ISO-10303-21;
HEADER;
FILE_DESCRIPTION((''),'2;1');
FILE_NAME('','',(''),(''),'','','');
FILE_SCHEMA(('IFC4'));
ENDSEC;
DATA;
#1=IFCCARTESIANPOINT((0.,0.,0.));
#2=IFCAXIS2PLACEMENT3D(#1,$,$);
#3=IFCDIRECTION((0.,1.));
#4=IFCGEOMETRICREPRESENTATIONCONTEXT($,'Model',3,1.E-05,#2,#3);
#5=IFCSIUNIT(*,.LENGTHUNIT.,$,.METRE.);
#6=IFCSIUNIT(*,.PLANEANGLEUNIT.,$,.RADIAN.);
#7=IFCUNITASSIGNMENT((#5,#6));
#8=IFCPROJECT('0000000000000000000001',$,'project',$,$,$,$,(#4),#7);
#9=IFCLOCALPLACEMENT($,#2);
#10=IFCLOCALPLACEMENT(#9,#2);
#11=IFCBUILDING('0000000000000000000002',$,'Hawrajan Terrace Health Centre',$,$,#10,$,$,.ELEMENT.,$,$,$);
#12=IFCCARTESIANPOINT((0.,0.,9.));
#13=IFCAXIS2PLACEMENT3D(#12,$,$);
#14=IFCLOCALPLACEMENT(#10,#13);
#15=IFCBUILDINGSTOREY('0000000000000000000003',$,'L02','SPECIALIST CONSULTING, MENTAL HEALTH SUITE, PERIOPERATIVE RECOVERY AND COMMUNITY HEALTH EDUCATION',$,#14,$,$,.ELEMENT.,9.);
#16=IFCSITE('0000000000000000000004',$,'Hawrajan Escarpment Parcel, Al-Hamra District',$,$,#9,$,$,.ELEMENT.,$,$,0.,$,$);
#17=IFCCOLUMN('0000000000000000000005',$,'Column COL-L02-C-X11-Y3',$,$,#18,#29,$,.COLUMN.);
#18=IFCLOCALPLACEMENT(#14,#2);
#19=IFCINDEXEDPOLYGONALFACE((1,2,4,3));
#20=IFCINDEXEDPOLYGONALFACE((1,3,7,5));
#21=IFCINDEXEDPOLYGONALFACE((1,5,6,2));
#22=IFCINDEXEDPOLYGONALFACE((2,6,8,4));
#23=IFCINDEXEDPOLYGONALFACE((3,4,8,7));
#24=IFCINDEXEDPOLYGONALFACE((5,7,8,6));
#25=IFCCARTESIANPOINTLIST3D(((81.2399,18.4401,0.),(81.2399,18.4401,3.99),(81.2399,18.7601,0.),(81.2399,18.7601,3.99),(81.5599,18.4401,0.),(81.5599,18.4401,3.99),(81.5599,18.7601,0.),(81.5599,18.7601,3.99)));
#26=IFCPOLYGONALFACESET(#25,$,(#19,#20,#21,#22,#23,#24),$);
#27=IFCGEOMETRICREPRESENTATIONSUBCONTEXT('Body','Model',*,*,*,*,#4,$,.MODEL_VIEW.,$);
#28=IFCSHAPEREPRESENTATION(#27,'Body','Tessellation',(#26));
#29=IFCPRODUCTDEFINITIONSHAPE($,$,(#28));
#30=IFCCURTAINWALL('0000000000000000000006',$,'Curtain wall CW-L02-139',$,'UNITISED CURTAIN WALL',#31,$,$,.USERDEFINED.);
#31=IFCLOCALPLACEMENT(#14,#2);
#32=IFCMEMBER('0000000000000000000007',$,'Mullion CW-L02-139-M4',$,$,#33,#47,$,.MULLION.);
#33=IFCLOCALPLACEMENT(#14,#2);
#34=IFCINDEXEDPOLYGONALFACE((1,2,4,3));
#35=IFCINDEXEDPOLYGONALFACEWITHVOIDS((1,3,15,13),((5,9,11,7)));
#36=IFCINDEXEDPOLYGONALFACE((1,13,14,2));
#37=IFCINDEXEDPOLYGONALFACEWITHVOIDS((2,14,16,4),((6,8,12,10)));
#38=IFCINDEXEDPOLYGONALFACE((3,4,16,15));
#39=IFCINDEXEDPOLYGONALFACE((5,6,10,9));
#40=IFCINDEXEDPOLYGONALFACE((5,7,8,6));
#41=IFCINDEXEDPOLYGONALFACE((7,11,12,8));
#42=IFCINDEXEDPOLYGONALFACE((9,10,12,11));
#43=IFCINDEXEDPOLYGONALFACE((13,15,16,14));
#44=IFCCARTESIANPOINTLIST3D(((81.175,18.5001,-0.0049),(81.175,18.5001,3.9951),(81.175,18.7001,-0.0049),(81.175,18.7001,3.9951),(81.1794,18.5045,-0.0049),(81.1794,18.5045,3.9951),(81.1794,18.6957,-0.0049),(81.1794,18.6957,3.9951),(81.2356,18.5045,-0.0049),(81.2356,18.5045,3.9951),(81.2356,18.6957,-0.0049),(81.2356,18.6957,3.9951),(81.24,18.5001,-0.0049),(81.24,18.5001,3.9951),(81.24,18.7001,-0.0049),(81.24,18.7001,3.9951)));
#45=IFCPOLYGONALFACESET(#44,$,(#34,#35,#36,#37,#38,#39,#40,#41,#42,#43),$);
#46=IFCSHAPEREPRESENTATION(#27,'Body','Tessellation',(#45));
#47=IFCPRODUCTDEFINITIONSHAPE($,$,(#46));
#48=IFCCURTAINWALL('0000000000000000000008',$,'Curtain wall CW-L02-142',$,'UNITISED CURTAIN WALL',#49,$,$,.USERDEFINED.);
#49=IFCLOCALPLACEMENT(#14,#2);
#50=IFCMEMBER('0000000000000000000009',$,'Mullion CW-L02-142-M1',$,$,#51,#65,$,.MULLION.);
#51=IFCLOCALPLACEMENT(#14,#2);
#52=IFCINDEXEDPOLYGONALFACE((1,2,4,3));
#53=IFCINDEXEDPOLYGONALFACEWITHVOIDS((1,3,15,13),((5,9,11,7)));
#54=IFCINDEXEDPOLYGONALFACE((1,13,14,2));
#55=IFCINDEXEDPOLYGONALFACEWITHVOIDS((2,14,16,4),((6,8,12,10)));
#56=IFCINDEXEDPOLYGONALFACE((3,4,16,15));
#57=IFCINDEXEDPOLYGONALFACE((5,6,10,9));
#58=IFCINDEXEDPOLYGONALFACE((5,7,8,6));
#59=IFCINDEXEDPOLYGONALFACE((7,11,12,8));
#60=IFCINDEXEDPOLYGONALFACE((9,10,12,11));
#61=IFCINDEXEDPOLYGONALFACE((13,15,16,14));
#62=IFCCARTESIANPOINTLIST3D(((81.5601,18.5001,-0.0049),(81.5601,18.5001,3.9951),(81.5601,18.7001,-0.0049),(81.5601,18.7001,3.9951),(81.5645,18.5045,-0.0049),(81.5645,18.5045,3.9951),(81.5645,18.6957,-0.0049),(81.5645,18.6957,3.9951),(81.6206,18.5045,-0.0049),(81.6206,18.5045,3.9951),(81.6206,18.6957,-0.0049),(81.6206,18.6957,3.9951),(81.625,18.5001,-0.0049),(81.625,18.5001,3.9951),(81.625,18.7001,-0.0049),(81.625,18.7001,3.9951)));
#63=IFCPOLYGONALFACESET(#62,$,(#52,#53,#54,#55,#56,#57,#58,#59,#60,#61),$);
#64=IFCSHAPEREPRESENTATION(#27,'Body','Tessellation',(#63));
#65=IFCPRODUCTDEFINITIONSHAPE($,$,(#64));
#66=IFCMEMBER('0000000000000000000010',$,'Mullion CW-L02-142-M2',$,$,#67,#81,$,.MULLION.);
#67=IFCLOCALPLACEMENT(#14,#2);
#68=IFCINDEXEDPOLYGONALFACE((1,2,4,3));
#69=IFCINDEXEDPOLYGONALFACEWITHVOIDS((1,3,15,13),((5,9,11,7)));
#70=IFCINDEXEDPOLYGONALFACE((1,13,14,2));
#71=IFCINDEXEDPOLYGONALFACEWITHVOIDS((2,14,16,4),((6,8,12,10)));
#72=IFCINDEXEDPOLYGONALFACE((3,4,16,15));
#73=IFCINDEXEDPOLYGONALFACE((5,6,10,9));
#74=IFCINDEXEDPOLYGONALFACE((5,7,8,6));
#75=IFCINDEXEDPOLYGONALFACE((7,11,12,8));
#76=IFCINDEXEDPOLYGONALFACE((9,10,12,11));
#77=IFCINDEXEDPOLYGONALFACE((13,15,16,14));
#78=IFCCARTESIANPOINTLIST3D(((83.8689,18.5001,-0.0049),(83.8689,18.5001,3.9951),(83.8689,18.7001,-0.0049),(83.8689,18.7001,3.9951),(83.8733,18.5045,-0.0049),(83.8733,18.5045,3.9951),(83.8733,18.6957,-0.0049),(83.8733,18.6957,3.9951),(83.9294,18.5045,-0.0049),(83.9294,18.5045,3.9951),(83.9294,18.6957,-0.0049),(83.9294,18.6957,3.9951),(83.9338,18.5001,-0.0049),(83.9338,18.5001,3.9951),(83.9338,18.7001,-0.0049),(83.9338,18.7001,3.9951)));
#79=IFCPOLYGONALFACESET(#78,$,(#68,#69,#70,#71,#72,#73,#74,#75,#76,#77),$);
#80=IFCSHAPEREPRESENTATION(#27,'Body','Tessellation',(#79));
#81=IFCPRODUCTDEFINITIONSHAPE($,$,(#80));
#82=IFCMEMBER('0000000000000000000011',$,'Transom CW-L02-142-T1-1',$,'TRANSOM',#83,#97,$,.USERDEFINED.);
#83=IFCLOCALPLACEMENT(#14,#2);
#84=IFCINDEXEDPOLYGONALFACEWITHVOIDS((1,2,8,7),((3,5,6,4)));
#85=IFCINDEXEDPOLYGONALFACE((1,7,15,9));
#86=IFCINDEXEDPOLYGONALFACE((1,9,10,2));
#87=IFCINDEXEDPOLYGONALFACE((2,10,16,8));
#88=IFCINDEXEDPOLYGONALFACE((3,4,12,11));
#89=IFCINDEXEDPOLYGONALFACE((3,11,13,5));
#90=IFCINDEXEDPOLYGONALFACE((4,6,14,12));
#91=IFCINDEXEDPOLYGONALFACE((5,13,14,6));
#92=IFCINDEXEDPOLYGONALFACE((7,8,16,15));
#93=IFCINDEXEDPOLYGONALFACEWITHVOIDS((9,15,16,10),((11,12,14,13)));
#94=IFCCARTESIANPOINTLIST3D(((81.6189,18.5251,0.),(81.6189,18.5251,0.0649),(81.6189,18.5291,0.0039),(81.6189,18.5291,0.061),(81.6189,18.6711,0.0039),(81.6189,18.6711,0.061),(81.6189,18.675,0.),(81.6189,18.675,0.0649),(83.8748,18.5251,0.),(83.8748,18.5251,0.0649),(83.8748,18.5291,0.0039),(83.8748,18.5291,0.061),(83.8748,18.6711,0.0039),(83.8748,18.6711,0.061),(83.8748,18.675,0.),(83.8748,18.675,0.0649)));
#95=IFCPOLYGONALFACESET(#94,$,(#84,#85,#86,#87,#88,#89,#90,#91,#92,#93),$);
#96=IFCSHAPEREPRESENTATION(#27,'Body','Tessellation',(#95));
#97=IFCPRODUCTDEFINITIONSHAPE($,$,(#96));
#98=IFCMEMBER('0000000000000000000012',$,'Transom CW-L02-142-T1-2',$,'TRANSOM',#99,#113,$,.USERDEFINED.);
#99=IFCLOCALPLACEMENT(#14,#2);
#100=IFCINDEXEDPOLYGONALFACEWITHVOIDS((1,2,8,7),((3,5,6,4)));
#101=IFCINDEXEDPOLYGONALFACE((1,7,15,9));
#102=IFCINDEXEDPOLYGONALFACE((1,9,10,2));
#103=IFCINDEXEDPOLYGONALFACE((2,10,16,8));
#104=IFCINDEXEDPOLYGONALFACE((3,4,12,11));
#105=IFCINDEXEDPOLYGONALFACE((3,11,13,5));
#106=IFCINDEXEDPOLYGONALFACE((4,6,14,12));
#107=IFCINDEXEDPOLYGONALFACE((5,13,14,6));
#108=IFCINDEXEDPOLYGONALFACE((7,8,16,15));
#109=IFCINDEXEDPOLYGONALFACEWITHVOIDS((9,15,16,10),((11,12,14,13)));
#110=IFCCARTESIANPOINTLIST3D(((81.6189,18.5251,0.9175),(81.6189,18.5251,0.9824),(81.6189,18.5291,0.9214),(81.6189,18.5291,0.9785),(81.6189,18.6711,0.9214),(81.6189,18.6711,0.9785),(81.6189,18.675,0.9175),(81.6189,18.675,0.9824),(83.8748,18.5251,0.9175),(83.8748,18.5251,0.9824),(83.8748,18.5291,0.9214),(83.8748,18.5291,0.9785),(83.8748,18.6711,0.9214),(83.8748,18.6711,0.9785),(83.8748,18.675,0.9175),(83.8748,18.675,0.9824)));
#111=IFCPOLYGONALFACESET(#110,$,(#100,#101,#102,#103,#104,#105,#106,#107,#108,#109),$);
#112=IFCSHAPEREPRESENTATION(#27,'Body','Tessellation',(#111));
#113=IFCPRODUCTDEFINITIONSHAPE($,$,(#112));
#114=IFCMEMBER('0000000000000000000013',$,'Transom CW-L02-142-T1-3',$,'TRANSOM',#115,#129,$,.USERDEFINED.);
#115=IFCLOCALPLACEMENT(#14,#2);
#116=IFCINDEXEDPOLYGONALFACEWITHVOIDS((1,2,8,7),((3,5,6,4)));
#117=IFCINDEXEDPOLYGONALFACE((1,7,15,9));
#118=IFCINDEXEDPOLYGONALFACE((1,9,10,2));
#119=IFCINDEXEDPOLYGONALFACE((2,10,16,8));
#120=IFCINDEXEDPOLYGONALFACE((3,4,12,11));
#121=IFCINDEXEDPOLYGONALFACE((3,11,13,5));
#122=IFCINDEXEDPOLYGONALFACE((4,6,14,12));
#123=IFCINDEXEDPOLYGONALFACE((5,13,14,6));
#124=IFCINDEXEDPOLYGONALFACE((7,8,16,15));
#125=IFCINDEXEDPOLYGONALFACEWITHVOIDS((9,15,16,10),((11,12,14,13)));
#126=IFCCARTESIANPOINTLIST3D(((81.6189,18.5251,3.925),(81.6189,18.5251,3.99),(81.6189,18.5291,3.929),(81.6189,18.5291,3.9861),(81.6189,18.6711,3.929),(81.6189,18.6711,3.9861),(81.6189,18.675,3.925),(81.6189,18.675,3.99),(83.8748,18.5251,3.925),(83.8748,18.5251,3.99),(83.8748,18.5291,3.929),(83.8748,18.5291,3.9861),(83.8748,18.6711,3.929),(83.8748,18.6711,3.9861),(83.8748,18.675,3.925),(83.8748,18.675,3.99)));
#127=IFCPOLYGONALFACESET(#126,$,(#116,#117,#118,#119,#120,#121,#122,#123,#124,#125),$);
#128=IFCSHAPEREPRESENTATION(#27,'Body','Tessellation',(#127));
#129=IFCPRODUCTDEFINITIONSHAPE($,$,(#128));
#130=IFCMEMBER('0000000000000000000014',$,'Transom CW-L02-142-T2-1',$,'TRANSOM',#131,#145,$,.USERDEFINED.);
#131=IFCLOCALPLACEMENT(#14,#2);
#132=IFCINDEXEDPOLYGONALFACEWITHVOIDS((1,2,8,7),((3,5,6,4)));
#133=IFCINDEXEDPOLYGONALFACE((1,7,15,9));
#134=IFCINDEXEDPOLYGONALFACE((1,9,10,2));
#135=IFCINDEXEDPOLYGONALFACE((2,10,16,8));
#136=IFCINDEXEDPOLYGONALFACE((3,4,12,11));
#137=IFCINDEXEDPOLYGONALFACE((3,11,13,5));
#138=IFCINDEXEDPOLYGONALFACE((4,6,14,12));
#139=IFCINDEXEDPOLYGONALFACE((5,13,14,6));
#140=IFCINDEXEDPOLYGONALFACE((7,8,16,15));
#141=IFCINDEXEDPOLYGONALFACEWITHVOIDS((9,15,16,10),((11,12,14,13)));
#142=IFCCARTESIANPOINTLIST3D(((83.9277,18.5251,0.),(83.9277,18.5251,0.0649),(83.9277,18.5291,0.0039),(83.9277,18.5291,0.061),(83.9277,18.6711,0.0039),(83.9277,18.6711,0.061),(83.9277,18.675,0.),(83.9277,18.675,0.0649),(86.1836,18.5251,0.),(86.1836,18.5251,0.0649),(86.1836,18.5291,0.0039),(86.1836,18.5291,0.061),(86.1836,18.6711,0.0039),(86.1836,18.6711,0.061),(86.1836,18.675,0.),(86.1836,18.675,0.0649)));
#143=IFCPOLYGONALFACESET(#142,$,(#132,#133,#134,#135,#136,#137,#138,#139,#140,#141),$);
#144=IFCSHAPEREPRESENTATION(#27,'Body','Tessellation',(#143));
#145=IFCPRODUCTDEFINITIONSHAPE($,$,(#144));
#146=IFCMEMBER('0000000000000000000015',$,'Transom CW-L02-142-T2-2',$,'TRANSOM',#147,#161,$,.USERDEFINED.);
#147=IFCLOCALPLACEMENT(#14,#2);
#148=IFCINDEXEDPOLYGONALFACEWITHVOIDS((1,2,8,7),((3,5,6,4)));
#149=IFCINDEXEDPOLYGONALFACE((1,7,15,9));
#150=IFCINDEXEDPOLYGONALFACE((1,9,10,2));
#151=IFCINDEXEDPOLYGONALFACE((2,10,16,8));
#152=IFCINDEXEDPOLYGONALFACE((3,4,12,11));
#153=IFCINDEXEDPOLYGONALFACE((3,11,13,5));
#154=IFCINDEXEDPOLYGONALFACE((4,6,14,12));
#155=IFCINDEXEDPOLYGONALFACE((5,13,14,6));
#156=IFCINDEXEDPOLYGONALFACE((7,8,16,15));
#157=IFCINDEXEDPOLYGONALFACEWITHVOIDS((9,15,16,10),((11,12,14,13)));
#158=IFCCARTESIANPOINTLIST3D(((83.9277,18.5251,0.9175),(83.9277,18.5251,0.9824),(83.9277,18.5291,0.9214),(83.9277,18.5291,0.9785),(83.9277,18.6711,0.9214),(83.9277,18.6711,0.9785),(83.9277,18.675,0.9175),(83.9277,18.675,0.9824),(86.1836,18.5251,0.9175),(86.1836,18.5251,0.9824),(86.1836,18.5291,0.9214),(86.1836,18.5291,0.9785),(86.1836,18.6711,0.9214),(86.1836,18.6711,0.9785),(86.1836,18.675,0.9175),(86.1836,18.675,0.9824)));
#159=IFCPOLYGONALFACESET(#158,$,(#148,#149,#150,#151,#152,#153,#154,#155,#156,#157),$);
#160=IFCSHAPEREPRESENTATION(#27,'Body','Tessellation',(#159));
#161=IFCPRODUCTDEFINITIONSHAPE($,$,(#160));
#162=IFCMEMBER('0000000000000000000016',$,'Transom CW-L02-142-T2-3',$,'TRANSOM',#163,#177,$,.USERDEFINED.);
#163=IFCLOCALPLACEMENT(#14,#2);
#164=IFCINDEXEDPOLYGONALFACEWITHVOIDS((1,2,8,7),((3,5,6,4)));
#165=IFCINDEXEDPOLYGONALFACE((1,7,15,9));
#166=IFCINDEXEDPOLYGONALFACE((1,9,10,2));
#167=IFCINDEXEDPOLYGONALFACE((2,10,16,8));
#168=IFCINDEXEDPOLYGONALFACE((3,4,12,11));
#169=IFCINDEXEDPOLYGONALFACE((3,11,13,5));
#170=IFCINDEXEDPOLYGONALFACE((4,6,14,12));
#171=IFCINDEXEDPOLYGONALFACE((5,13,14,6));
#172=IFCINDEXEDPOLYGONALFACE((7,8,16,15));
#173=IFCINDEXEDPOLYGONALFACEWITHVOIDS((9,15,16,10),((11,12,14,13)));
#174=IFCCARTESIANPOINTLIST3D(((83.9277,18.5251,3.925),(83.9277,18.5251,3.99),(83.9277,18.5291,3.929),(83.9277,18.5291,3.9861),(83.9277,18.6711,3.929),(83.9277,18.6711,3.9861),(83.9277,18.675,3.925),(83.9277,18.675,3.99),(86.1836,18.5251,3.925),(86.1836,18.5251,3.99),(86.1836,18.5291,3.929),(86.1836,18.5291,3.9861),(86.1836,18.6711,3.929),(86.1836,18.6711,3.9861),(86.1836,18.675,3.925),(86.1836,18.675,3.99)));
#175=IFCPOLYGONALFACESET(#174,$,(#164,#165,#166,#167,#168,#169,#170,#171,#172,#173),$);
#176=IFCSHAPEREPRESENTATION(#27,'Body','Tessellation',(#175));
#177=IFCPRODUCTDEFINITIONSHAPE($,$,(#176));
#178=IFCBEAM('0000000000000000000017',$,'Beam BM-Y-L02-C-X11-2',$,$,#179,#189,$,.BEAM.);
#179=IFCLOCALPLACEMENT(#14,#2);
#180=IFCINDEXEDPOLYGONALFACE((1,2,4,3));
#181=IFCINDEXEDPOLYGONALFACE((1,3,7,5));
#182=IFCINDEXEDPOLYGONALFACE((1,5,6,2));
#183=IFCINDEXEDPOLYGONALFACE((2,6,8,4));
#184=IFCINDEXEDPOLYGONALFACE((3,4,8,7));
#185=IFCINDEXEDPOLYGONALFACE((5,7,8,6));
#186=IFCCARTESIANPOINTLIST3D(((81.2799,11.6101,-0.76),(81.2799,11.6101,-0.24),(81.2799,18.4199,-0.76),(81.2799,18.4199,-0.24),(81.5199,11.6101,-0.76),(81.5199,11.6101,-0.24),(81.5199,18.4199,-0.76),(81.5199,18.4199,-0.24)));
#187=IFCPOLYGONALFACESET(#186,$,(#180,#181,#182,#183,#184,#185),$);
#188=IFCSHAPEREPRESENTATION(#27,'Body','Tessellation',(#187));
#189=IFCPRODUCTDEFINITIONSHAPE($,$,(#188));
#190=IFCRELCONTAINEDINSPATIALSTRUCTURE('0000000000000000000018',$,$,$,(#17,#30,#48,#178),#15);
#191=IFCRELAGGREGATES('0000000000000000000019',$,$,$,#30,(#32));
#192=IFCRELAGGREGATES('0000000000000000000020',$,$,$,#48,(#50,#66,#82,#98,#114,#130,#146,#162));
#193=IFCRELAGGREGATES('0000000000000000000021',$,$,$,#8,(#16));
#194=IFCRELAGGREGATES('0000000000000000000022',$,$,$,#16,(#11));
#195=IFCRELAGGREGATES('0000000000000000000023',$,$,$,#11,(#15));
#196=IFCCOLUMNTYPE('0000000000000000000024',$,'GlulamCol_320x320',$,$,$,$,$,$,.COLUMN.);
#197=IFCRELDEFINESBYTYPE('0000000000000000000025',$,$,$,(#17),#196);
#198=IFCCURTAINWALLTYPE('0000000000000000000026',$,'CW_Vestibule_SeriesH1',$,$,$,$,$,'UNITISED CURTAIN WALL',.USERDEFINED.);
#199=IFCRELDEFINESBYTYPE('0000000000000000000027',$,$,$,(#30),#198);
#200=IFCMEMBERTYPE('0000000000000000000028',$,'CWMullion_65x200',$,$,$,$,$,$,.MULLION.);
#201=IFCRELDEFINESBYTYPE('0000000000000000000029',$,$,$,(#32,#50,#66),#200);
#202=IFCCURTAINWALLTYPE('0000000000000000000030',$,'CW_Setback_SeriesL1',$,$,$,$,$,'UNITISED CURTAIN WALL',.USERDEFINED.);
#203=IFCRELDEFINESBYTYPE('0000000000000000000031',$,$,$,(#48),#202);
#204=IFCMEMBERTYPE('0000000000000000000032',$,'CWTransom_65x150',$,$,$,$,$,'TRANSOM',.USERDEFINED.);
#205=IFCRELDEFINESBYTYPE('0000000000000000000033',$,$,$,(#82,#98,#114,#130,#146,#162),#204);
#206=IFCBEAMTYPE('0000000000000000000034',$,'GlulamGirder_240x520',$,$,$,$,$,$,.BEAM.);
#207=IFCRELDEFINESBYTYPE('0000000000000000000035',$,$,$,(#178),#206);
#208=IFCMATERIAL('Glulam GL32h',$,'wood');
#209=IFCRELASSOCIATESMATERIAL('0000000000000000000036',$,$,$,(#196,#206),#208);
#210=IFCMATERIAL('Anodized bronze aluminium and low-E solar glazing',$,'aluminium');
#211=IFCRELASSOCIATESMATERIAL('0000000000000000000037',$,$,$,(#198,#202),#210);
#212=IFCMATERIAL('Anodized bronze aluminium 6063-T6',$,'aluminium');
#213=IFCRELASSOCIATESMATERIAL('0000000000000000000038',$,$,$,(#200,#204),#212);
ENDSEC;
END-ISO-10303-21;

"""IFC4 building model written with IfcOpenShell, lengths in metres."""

from ifc_helpers import new_model, si_unit, direction, frame, origin, origin_2d, place, context, subcontext, project, spatial, rectangle, hollow_rectangle, extrude, material, material_profile, profile_set, type_object, element, aggregate, save


model = new_model("IFC4")

# Units and contexts
model_context = context("Model", 3, precision=1e-05, world=origin(), true_north=direction((0.0, 1.0)))
body_context = subcontext(model_context, "Body", "Model", "MODEL_VIEW")
ifc_project = project(units=[si_unit("LENGTHUNIT", "METRE"), si_unit("PLANEANGLEUNIT", "RADIAN")], contexts=[model_context])

# Site, building, storey
site_placement = place(None, origin())
site = spatial("IfcSite", under=ifc_project, at=site_placement, Name="Hawrajan Escarpment Parcel, Al-Hamra District", CompositionType="ELEMENT", RefElevation=0.0)
building_placement = place(site_placement, origin())
building = spatial("IfcBuilding", under=site, at=building_placement, Name="Hawrajan Terrace Health Centre", CompositionType="ELEMENT")
storey_placement = place(building_placement, frame((0.0, 0.0, 9.0)))
storey = spatial("IfcBuildingStorey", under=building, at=storey_placement, Name="L02", Description="SPECIALIST CONSULTING, MENTAL HEALTH SUITE, PERIOPERATIVE RECOVERY AND COMMUNITY HEALTH EDUCATION", CompositionType="ELEMENT", Elevation=9.0)

# Column
ifc_material_1 = material(Name="Glulam GL32h", Category="wood")
ifc_material_profile_1 = material_profile(ifc_material_1, rectangle(XDim=0.3201, YDim=0.3201, at=origin_2d()), Name="GL 320x320")
ifc_profile_set_1 = profile_set([ifc_material_profile_1], Name="Glulam GL32h")
column_type = type_object("IfcColumnType", Name="GlulamCol_320x320", PredefinedType="COLUMN", material=ifc_profile_set_1)
column_placement = place(storey_placement, frame((81.3999, 18.6001, 0.0), z_axis=(0.0, 0.0, 1.0), x_axis=(1.0, 0.0, 0.0)))
element("IfcColumn", 1, at=column_placement, inside=storey, type_object=column_type, Name="Column COL-L02-C-X11-Y3", PredefinedType="COLUMN", context=body_context, shape_type="SweptSolid", body=[
    extrude(rectangle(XDim=0.3201, YDim=0.3201, at=origin_2d()), origin(), (0.0, 0.0, 1.0), 3.99),
])

# Curtain wall, member
ifc_material_2 = material(Name="Anodized bronze aluminium and low-E solar glazing", Category="aluminium")
curtain_wall_type_1 = type_object("IfcCurtainWallType", Name="CW_Vestibule_SeriesH1", ElementType="UNITISED CURTAIN WALL", PredefinedType="USERDEFINED", material=ifc_material_2)
curtain_wall_1_placement = place(storey_placement, origin())
curtain_wall_1 = element("IfcCurtainWall", 2, at=curtain_wall_1_placement, inside=storey, type_object=curtain_wall_type_1, Name="Curtain wall CW-L02-139", ObjectType="UNITISED CURTAIN WALL", PredefinedType="USERDEFINED")
ifc_material_3 = material(Name="Anodized bronze aluminium 6063-T6", Category="aluminium")
ifc_material_profile_2 = material_profile(ifc_material_3, hollow_rectangle(XDim=0.0649, YDim=0.2, WallThickness=0.0044, at=origin_2d()), Name="CW MUL 65x200")
ifc_profile_set_2 = profile_set([ifc_material_profile_2], Name="Anodized bronze aluminium 6063-T6")
member_type_1 = type_object("IfcMemberType", Name="CWMullion_65x200", PredefinedType="MULLION", material=ifc_profile_set_2)
member_1_placement = place(storey_placement, frame((81.2075, 18.6001, -0.0049), z_axis=(0.0, 0.0, 1.0), x_axis=(1.0, 0.0, 0.0)))
member_1 = element("IfcMember", 3, at=member_1_placement, type_object=member_type_1, Name="Mullion CW-L02-139-M4", PredefinedType="MULLION", context=body_context, shape_type="SweptSolid", body=[
    extrude(hollow_rectangle(XDim=0.0649, YDim=0.2, WallThickness=0.0044, at=origin_2d()), origin(), (0.0, 0.0, 1.0), 4.0),
])

# Curtain wall, members
curtain_wall_type_2 = type_object("IfcCurtainWallType", Name="CW_Setback_SeriesL1", ElementType="UNITISED CURTAIN WALL", PredefinedType="USERDEFINED", material=ifc_material_2)
curtain_wall_2_placement = place(storey_placement, origin())
curtain_wall_2 = element("IfcCurtainWall", 4, at=curtain_wall_2_placement, inside=storey, type_object=curtain_wall_type_2, Name="Curtain wall CW-L02-142", ObjectType="UNITISED CURTAIN WALL", PredefinedType="USERDEFINED")
member_2_placement = place(storey_placement, frame((81.5925, 18.6001, -0.0049), z_axis=(0.0, 0.0, 1.0), x_axis=(1.0, 0.0, 0.0)))
member_2 = element("IfcMember", 5, at=member_2_placement, type_object=member_type_1, Name="Mullion CW-L02-142-M1", PredefinedType="MULLION", context=body_context, shape_type="SweptSolid", body=[
    extrude(hollow_rectangle(XDim=0.0649, YDim=0.2, WallThickness=0.0044, at=origin_2d()), origin(), (0.0, 0.0, 1.0), 4.0),
])
member_3_placement = place(storey_placement, frame((83.9014, 18.6001, -0.0049), z_axis=(0.0, 0.0, 1.0), x_axis=(1.0, 0.0, 0.0)))
member_3 = element("IfcMember", 6, at=member_3_placement, type_object=member_type_1, Name="Mullion CW-L02-142-M2", PredefinedType="MULLION", context=body_context, shape_type="SweptSolid", body=[
    extrude(hollow_rectangle(XDim=0.0649, YDim=0.2, WallThickness=0.0044, at=origin_2d()), origin(), (0.0, 0.0, 1.0), 4.0),
])
ifc_material_profile_3 = material_profile(ifc_material_3, hollow_rectangle(XDim=0.0649, YDim=0.1499, WallThickness=0.0039, at=origin_2d()), Name="CW TRN 65x150")
ifc_profile_set_3 = profile_set([ifc_material_profile_3], Name="Anodized bronze aluminium 6063-T6")
member_type_2 = type_object("IfcMemberType", Name="CWTransom_65x150", ElementType="TRANSOM", PredefinedType="USERDEFINED", material=ifc_profile_set_3)
member_4_placement = place(storey_placement, frame((81.6189, 18.6001, 0.0325), z_axis=(1.0, 0.0, 0.0), x_axis=(0.0, 0.0, 1.0)))
member_4 = element("IfcMember", 7, at=member_4_placement, type_object=member_type_2, Name="Transom CW-L02-142-T1-1", ObjectType="TRANSOM", PredefinedType="USERDEFINED", context=body_context, shape_type="SweptSolid", body=[
    extrude(hollow_rectangle(XDim=0.0649, YDim=0.1499, WallThickness=0.0039, at=origin_2d()), origin(), (0.0, 0.0, 1.0), 2.2559),
])
member_5_placement = place(storey_placement, frame((81.6189, 18.6001, 0.95), z_axis=(1.0, 0.0, 0.0), x_axis=(0.0, 0.0, 1.0)))
member_5 = element("IfcMember", 8, at=member_5_placement, type_object=member_type_2, Name="Transom CW-L02-142-T1-2", ObjectType="TRANSOM", PredefinedType="USERDEFINED", context=body_context, shape_type="SweptSolid", body=[
    extrude(hollow_rectangle(XDim=0.0649, YDim=0.1499, WallThickness=0.0039, at=origin_2d()), origin(), (0.0, 0.0, 1.0), 2.2559),
])
member_6_placement = place(storey_placement, frame((81.6189, 18.6001, 3.9575), z_axis=(1.0, 0.0, 0.0), x_axis=(0.0, 0.0, 1.0)))
member_6 = element("IfcMember", 9, at=member_6_placement, type_object=member_type_2, Name="Transom CW-L02-142-T1-3", ObjectType="TRANSOM", PredefinedType="USERDEFINED", context=body_context, shape_type="SweptSolid", body=[
    extrude(hollow_rectangle(XDim=0.0649, YDim=0.1499, WallThickness=0.0039, at=origin_2d()), origin(), (0.0, 0.0, 1.0), 2.2559),
])
member_7_placement = place(storey_placement, frame((83.9277, 18.6001, 0.0325), z_axis=(1.0, 0.0, 0.0), x_axis=(0.0, 0.0, 1.0)))
member_7 = element("IfcMember", 10, at=member_7_placement, type_object=member_type_2, Name="Transom CW-L02-142-T2-1", ObjectType="TRANSOM", PredefinedType="USERDEFINED", context=body_context, shape_type="SweptSolid", body=[
    extrude(hollow_rectangle(XDim=0.0649, YDim=0.1499, WallThickness=0.0039, at=origin_2d()), origin(), (0.0, 0.0, 1.0), 2.2559),
])
member_8_placement = place(storey_placement, frame((83.9277, 18.6001, 0.95), z_axis=(1.0, 0.0, 0.0), x_axis=(0.0, 0.0, 1.0)))
member_8 = element("IfcMember", 11, at=member_8_placement, type_object=member_type_2, Name="Transom CW-L02-142-T2-2", ObjectType="TRANSOM", PredefinedType="USERDEFINED", context=body_context, shape_type="SweptSolid", body=[
    extrude(hollow_rectangle(XDim=0.0649, YDim=0.1499, WallThickness=0.0039, at=origin_2d()), origin(), (0.0, 0.0, 1.0), 2.2559),
])
member_9_placement = place(storey_placement, frame((83.9277, 18.6001, 3.9575), z_axis=(1.0, 0.0, 0.0), x_axis=(0.0, 0.0, 1.0)))
member_9 = element("IfcMember", 12, at=member_9_placement, type_object=member_type_2, Name="Transom CW-L02-142-T2-3", ObjectType="TRANSOM", PredefinedType="USERDEFINED", context=body_context, shape_type="SweptSolid", body=[
    extrude(hollow_rectangle(XDim=0.0649, YDim=0.1499, WallThickness=0.0039, at=origin_2d()), origin(), (0.0, 0.0, 1.0), 2.2559),
])

# Beam
ifc_material_profile_4 = material_profile(ifc_material_1, rectangle(XDim=0.24, YDim=0.52, at=origin_2d()), Name="GL BM 240x520")
ifc_profile_set_4 = profile_set([ifc_material_profile_4], Name="Glulam GL32h")
beam_type_1 = type_object("IfcBeamType", Name="GlulamGirder_240x520", PredefinedType="BEAM", material=ifc_profile_set_4)
beam_1_placement = place(storey_placement, frame((81.3999, 11.6101, -0.5), z_axis=(0.0, 1.0, 0.0), x_axis=(-1.0, 0.0, 0.0)))
element("IfcBeam", 13, at=beam_1_placement, inside=storey, type_object=beam_type_1, Name="Beam BM-Y-L02-C-X11-2", PredefinedType="BEAM", context=body_context, shape_type="SweptSolid", body=[
    extrude(rectangle(XDim=0.24, YDim=0.52, at=origin_2d()), origin(), (0.0, 0.0, 1.0), 6.8098),
])

aggregate(curtain_wall_1, [member_1])
aggregate(curtain_wall_2, [member_2, member_3, member_4, member_5, member_6, member_7, member_8, member_9])

save(model, "model.ifc")
